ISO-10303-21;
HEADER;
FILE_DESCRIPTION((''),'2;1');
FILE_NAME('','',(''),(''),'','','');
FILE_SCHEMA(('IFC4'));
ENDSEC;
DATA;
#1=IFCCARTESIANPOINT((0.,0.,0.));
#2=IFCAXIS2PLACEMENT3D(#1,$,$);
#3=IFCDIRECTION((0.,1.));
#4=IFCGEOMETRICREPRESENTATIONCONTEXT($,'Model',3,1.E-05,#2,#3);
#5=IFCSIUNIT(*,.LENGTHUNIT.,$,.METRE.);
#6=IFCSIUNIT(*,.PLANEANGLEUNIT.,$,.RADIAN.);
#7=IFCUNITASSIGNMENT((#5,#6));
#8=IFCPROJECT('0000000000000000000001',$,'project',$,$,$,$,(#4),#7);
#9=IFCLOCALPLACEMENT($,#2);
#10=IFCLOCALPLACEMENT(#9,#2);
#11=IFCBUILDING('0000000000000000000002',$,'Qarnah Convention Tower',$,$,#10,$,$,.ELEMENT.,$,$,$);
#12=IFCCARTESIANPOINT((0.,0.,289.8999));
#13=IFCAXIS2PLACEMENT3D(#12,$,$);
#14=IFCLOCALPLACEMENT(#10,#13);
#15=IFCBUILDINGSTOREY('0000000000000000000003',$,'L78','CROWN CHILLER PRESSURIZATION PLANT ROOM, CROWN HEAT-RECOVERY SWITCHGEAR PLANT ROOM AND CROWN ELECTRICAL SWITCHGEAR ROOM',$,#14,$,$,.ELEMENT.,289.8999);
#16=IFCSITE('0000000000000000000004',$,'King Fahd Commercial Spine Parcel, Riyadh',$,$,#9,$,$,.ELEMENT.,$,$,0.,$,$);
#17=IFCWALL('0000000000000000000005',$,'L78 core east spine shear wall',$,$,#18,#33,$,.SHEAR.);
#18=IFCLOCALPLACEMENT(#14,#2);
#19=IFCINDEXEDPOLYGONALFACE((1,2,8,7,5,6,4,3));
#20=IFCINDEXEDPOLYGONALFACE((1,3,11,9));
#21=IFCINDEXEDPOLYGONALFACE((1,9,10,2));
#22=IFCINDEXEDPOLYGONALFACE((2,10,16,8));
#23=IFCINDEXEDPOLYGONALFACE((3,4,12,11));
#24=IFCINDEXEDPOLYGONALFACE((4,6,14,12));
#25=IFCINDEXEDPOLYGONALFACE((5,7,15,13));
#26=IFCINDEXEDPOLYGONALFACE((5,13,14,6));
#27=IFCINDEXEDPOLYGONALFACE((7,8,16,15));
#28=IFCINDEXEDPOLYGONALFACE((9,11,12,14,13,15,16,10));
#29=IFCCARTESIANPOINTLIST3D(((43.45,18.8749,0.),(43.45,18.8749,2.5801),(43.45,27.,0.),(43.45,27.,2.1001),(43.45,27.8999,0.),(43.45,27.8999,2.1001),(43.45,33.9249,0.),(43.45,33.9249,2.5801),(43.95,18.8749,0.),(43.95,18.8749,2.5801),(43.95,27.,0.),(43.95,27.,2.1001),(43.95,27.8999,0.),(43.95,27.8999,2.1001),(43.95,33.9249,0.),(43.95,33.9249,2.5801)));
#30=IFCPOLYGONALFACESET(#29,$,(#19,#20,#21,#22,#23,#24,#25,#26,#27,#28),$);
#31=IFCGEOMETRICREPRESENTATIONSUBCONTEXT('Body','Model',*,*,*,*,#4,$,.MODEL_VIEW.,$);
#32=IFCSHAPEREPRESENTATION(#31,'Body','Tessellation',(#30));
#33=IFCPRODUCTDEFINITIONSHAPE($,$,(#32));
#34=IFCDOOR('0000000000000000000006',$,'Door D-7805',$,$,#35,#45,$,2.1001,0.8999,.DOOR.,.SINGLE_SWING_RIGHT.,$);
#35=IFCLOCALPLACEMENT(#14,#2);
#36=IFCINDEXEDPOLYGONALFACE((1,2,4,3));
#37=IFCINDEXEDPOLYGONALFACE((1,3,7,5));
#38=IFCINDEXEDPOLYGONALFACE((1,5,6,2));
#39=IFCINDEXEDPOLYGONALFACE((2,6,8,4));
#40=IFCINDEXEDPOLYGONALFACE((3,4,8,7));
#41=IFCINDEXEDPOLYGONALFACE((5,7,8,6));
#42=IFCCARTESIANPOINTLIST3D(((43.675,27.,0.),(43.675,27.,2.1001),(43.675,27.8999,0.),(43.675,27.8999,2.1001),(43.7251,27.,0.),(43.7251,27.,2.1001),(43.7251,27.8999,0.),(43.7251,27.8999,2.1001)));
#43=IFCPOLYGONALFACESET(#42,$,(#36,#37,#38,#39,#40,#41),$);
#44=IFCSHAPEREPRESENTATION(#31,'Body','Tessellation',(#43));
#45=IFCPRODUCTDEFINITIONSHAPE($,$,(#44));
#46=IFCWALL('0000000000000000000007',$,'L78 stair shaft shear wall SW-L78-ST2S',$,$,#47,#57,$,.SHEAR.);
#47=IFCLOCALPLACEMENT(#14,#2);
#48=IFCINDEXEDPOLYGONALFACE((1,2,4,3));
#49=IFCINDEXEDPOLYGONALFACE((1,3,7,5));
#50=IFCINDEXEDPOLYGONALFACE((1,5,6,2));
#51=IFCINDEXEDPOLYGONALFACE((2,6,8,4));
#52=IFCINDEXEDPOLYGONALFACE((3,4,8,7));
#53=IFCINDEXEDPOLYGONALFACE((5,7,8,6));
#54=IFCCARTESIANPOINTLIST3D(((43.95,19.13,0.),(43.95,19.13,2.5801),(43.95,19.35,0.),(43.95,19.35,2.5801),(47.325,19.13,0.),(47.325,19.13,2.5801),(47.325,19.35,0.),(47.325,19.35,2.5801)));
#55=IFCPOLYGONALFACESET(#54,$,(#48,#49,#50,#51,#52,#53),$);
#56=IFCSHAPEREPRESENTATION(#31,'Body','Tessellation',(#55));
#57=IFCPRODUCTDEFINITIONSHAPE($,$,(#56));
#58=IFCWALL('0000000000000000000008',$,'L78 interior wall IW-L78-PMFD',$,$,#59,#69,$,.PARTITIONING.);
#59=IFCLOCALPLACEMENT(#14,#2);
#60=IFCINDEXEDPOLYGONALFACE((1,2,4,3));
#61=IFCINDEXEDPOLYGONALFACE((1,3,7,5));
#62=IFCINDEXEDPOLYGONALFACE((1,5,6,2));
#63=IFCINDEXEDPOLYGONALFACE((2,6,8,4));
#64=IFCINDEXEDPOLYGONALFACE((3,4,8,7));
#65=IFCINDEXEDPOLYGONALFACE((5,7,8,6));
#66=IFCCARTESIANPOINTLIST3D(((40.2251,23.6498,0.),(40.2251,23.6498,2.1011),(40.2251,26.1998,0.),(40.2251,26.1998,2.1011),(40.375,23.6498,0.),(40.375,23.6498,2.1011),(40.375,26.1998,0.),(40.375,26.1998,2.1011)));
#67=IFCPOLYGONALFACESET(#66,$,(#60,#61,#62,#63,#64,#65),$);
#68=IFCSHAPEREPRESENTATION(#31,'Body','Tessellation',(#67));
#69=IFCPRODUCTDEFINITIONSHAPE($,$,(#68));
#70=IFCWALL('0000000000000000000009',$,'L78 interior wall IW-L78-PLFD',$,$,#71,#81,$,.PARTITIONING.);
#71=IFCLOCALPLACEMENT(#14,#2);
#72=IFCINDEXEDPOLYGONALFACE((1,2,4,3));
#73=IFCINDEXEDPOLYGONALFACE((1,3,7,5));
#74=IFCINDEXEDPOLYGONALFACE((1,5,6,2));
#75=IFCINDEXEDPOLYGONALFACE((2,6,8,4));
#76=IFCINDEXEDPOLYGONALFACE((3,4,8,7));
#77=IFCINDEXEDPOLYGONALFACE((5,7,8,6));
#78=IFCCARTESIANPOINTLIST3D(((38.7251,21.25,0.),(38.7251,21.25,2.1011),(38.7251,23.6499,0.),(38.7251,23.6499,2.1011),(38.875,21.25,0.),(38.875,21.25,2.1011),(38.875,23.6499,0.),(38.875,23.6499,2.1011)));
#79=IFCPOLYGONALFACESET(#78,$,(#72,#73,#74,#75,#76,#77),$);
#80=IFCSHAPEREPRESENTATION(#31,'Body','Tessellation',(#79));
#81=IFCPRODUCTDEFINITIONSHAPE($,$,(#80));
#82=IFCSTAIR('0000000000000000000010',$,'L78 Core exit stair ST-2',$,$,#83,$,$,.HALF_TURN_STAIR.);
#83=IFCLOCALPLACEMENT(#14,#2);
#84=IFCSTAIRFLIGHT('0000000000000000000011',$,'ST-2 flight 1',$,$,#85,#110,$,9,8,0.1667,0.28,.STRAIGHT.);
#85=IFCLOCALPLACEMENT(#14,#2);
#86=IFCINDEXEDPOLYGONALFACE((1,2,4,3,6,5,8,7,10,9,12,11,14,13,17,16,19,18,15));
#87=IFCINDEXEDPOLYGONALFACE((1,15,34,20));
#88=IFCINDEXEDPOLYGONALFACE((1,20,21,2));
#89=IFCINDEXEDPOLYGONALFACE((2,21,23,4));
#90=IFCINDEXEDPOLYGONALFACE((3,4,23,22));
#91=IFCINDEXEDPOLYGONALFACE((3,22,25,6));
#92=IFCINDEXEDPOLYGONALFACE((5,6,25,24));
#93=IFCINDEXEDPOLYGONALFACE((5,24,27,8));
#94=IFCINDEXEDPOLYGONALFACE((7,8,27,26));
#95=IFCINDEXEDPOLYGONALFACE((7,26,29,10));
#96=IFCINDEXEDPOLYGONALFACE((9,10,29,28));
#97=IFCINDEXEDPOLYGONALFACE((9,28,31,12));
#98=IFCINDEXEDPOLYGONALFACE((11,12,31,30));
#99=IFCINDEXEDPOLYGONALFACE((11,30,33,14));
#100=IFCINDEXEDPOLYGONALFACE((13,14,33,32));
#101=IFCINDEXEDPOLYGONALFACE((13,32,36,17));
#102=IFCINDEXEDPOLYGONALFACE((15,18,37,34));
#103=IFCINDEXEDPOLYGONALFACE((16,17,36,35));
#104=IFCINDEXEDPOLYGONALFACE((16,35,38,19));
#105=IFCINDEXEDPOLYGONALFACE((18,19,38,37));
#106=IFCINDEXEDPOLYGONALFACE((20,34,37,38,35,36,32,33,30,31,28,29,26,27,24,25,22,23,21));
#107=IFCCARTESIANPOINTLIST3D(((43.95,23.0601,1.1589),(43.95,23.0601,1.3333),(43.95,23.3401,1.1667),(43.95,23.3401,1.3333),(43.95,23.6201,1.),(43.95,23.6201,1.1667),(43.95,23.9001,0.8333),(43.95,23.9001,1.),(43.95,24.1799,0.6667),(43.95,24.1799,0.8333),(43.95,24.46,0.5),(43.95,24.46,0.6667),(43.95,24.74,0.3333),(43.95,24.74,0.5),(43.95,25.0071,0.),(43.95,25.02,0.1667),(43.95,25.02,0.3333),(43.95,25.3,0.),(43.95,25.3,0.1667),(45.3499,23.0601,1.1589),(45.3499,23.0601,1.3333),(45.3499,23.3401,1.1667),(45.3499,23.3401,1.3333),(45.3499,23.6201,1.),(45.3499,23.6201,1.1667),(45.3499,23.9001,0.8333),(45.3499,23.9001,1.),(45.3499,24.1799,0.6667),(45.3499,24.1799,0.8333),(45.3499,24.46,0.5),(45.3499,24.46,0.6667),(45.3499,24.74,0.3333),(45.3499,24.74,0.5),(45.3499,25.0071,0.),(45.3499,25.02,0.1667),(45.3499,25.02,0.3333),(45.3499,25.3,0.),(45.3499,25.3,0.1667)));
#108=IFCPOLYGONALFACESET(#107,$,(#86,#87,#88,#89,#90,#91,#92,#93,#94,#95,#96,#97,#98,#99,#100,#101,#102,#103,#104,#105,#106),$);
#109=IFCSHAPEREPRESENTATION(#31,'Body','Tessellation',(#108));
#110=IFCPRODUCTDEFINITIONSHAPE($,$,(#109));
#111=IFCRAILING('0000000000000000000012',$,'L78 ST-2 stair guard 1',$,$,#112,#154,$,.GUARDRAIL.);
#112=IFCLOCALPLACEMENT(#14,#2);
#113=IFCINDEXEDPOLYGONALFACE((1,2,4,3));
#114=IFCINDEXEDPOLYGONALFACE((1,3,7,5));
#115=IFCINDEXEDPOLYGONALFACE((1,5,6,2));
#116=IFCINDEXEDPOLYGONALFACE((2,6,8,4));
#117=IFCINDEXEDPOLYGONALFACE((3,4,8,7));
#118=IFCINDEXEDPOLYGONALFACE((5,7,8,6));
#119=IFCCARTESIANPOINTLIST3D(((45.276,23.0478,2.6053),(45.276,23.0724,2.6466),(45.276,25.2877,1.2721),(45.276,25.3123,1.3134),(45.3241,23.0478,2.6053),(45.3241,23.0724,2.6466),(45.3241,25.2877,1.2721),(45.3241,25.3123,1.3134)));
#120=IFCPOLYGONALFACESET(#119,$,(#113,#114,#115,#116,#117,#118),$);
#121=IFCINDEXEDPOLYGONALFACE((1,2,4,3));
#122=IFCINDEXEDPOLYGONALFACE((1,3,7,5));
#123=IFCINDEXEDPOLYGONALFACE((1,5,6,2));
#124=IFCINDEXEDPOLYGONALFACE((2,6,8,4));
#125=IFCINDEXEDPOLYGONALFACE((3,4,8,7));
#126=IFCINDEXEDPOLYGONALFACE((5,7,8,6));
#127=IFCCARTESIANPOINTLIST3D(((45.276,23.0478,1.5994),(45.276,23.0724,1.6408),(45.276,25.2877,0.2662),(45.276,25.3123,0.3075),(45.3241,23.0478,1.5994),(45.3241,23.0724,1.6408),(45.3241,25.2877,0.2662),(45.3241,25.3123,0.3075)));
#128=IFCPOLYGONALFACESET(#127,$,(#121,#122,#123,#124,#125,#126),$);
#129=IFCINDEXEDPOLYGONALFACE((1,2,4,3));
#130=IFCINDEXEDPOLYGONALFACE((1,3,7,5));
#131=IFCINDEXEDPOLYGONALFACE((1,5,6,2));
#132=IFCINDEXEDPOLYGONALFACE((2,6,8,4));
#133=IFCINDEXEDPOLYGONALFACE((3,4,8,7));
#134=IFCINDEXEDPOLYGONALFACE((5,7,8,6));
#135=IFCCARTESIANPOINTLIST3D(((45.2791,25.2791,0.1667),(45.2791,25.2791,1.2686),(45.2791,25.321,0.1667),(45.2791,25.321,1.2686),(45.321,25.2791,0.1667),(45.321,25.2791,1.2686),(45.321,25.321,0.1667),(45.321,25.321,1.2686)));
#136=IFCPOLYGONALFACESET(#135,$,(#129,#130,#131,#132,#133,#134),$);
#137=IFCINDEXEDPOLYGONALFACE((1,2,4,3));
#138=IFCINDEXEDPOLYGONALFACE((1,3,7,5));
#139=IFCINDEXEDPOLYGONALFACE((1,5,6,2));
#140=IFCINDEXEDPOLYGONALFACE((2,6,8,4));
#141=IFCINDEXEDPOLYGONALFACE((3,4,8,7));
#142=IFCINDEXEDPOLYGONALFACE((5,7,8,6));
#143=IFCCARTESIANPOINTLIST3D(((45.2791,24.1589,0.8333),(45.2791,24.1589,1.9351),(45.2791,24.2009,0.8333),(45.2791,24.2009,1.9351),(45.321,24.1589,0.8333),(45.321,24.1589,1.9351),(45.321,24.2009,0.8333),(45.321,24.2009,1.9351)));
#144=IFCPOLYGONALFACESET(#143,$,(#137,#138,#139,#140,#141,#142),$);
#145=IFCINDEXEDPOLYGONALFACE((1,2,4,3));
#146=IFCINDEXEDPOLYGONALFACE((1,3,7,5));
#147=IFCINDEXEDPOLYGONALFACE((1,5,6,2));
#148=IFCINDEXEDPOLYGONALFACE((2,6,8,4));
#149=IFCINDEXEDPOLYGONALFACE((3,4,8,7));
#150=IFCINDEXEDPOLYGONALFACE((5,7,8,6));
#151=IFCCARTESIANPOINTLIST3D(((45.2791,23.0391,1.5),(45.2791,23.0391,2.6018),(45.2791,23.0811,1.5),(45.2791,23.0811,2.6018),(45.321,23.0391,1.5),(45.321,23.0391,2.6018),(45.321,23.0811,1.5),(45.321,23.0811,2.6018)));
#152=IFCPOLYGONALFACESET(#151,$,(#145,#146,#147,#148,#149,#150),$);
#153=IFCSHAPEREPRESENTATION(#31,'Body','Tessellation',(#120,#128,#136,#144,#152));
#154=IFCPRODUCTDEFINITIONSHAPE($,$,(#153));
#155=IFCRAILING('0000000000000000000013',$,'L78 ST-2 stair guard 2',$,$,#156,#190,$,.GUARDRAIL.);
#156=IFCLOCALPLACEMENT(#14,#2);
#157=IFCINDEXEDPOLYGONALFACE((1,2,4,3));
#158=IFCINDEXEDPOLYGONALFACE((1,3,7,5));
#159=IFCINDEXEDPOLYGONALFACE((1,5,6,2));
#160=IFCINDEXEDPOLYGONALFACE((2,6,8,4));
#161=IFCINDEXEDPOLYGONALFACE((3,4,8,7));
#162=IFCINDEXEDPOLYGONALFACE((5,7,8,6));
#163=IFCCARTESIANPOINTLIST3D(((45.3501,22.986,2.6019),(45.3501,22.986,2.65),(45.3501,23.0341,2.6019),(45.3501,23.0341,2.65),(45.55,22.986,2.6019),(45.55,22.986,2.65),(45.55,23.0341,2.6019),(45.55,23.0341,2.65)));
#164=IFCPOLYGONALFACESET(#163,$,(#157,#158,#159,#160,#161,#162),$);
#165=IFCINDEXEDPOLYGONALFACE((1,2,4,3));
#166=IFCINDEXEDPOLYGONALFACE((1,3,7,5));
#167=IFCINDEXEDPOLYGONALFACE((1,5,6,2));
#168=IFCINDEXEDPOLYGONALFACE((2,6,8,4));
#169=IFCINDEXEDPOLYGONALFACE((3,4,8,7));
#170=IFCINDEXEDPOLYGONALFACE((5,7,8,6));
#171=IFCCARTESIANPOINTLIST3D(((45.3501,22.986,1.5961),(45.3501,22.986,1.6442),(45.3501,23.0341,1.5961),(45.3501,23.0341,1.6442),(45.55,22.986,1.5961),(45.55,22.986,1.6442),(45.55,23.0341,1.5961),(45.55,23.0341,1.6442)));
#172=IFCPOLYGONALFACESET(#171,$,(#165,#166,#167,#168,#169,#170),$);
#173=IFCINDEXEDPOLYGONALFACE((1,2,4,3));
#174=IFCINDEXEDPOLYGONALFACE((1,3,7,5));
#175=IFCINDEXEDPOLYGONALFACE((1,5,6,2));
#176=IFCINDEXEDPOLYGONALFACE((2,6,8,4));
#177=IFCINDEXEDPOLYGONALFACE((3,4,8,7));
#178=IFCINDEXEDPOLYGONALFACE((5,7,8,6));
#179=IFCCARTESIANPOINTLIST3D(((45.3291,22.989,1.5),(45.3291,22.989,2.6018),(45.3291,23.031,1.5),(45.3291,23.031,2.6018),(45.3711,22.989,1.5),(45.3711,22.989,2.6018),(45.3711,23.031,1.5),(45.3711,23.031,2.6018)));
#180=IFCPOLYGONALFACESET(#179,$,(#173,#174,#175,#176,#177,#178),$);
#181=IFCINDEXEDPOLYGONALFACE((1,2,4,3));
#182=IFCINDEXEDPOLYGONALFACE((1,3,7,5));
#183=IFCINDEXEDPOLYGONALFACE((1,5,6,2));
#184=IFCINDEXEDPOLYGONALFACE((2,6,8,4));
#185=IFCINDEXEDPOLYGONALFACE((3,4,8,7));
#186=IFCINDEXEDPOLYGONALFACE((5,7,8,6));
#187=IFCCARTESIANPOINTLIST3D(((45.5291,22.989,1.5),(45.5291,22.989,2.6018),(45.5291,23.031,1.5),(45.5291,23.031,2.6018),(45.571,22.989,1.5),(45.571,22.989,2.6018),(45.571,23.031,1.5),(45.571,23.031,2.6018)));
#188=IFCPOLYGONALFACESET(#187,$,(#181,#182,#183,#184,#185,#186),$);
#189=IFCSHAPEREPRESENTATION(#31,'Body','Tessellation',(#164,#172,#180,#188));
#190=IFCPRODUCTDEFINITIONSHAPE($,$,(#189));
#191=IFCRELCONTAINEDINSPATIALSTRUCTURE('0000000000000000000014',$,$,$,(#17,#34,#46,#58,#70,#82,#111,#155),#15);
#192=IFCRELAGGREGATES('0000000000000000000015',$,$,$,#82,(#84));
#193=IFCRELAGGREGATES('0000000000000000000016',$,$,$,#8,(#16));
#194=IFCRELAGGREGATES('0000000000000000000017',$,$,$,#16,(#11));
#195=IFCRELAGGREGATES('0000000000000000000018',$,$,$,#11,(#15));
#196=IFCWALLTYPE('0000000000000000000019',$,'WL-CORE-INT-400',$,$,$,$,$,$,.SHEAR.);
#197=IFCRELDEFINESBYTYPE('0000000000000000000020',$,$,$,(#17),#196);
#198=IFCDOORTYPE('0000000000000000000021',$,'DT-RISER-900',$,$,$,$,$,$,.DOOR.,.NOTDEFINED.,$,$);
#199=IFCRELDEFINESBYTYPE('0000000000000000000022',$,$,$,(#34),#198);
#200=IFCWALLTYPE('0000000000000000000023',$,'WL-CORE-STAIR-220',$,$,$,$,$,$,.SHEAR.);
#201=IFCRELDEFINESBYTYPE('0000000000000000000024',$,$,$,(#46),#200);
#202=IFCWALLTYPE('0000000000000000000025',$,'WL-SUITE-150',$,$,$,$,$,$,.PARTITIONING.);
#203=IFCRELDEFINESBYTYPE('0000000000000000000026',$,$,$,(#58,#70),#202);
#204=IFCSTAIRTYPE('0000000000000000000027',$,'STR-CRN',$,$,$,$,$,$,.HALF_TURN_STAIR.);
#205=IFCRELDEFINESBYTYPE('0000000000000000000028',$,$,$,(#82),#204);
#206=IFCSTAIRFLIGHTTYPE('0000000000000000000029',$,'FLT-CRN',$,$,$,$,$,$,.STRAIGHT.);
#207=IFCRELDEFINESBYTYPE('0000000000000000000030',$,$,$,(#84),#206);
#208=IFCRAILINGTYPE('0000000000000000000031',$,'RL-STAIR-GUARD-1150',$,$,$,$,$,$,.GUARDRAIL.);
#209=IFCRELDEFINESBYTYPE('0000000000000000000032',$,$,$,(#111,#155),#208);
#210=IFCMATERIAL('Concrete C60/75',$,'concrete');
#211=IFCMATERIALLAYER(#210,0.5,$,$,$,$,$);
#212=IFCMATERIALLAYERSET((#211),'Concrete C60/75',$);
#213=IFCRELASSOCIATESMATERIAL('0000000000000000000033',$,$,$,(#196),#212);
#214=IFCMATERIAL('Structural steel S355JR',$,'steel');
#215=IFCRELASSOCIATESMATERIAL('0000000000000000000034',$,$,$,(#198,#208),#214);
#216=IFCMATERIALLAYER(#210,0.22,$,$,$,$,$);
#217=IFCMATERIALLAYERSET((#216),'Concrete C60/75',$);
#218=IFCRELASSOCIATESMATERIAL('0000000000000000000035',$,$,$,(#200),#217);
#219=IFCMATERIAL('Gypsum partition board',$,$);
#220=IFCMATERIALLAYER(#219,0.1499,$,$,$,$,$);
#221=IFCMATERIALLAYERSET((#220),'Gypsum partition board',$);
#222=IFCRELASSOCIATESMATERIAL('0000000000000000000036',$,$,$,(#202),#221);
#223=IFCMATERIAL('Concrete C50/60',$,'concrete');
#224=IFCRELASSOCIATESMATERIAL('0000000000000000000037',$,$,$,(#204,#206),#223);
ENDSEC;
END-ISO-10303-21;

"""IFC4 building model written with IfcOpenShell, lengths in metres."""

from ifc_helpers import new_model, si_unit, direction, frame, frame_2d, origin, origin_2d, place, context, subcontext, project, spatial, polyline, rectangle, outline, extrude, material, layer, layer_set, type_object, element, fill, aggregate, save


model = new_model("IFC4")

# Units and contexts
model_context = context("Model", 3, precision=1e-05, world=origin(), true_north=direction((0.0, 1.0)))
body_context = subcontext(model_context, "Body", "Model", "MODEL_VIEW")
ifc_project = project(units=[si_unit("LENGTHUNIT", "METRE"), si_unit("PLANEANGLEUNIT", "RADIAN")], contexts=[model_context])

# Site, building, storey
site_placement = place(None, origin())
site = spatial("IfcSite", under=ifc_project, at=site_placement, Name="King Fahd Commercial Spine Parcel, Riyadh", CompositionType="ELEMENT", RefElevation=0.0)
building_placement = place(site_placement, origin())
building = spatial("IfcBuilding", under=site, at=building_placement, Name="Qarnah Convention Tower", CompositionType="ELEMENT")
storey_placement = place(building_placement, frame((0.0, 0.0, 289.8999)))
storey = spatial("IfcBuildingStorey", under=building, at=storey_placement, Name="L78", Description="CROWN CHILLER PRESSURIZATION PLANT ROOM, CROWN HEAT-RECOVERY SWITCHGEAR PLANT ROOM AND CROWN ELECTRICAL SWITCHGEAR ROOM", CompositionType="ELEMENT", Elevation=289.8999)

# Shared definitions
ifc_material_1 = material(Name="Structural steel S355JR", Category="steel")

# Wall, opening, door
ifc_material_2 = material(Name="Concrete C60/75", Category="concrete")
ifc_layer_1 = layer(ifc_material_2, 0.5)
ifc_layer_set_1 = layer_set([ifc_layer_1], Name="Concrete C60/75")
wall_type_1 = type_object("IfcWallType", Name="WL-CORE-INT-400", PredefinedType="SHEAR", material=ifc_layer_set_1)
wall_1_placement = place(storey_placement, frame((43.7, 18.875, 0.0), z_axis=(0.0, 0.0, 1.0), x_axis=(0.0, 1.0, 0.0)))
wall_1 = element("IfcWall", 1, at=wall_1_placement, inside=storey, type_object=wall_type_1, Name="L78 core east spine shear wall", PredefinedType="SHEAR", context=body_context, shape_type="SweptSolid", body=[
    extrude(rectangle(XDim=15.05, YDim=0.5, at=frame_2d((7.5249, 0.0))), origin(), (0.0, 0.0, 1.0), 2.5801),
])
opening_placement = place(wall_1_placement, frame((8.125, 0.0, 0.0)))
opening = element("IfcOpeningElement", 2, at=opening_placement, cuts=wall_1, PredefinedType="OPENING", context=body_context, shape_type="SweptSolid", body=[
    extrude(rectangle(XDim=0.8999, YDim=2.1001, at=frame_2d((0.45, 1.05))), frame((0.0, 0.26, 0.0), z_axis=(0.0, -1.0, 0.0), x_axis=(1.0, 0.0, 0.0)), (0.0, 0.0, 1.0), 0.52),
])
door_type = type_object("IfcDoorType", Name="DT-RISER-900", OperationType="NOTDEFINED", PredefinedType="DOOR", material=ifc_material_1)
door_placement = place(opening_placement, origin())
door = element("IfcDoor", 3, at=door_placement, inside=storey, type_object=door_type, Name="Door D-7805", OperationType="SINGLE_SWING_RIGHT", OverallHeight=2.1001, OverallWidth=0.8999, PredefinedType="DOOR", context=body_context, shape_type="SweptSolid", body=[
    extrude(rectangle(XDim=0.8999, YDim=2.1001, at=frame_2d((0.45, 1.05))), frame((0.0, 0.0249, 0.0), z_axis=(0.0, -1.0, 0.0), x_axis=(1.0, 0.0, 0.0)), (0.0, 0.0, 1.0), 0.05),
])
fill(opening, door)

# Walls
ifc_layer_2 = layer(ifc_material_2, 0.22)
ifc_layer_set_2 = layer_set([ifc_layer_2], Name="Concrete C60/75")
wall_type_2 = type_object("IfcWallType", Name="WL-CORE-STAIR-220", PredefinedType="SHEAR", material=ifc_layer_set_2)
wall_2_placement = place(storey_placement, frame((43.95, 19.24, 0.0), z_axis=(0.0, 0.0, 1.0), x_axis=(1.0, 0.0, 0.0)))
element("IfcWall", 4, at=wall_2_placement, inside=storey, type_object=wall_type_2, Name="L78 stair shaft shear wall SW-L78-ST2S", PredefinedType="SHEAR", context=body_context, shape_type="SweptSolid", body=[
    extrude(rectangle(XDim=3.375, YDim=0.22, at=frame_2d((1.6875, 0.0))), origin(), (0.0, 0.0, 1.0), 2.5801),
])
ifc_material_3 = material(Name="Gypsum partition board")
ifc_layer_3 = layer(ifc_material_3, 0.1499)
ifc_layer_set_3 = layer_set([ifc_layer_3], Name="Gypsum partition board")
wall_type_3 = type_object("IfcWallType", Name="WL-SUITE-150", PredefinedType="PARTITIONING", material=ifc_layer_set_3)
wall_3_placement = place(storey_placement, frame((40.3, 23.6499, 0.0), z_axis=(0.0, 0.0, 1.0), x_axis=(0.0, 1.0, 0.0)))
element("IfcWall", 5, at=wall_3_placement, inside=storey, type_object=wall_type_3, Name="L78 interior wall IW-L78-PMFD", PredefinedType="PARTITIONING", context=body_context, shape_type="SweptSolid", body=[
    extrude(rectangle(XDim=2.55, YDim=0.1499, at=frame_2d((1.2749, 0.0))), origin(), (0.0, 0.0, 1.0), 2.1011),
])
wall_4_placement = place(storey_placement, frame((38.8, 21.25, 0.0), z_axis=(0.0, 0.0, 1.0), x_axis=(0.0, 1.0, 0.0)))
element("IfcWall", 6, at=wall_4_placement, inside=storey, type_object=wall_type_3, Name="L78 interior wall IW-L78-PLFD", PredefinedType="PARTITIONING", context=body_context, shape_type="SweptSolid", body=[
    extrude(rectangle(XDim=2.3999, YDim=0.1499, at=frame_2d((1.2, 0.0))), origin(), (0.0, 0.0, 1.0), 2.1011),
])

# Stair, stair flight
ifc_material_4 = material(Name="Concrete C50/60", Category="concrete")
stair_type = type_object("IfcStairType", Name="STR-CRN", PredefinedType="HALF_TURN_STAIR", material=ifc_material_4)
stair_placement = place(storey_placement, origin())
stair = element("IfcStair", 7, at=stair_placement, inside=storey, type_object=stair_type, Name="L78 Core exit stair ST-2", PredefinedType="HALF_TURN_STAIR")
stair_flight_type = type_object("IfcStairFlightType", Name="FLT-CRN", PredefinedType="STRAIGHT", material=ifc_material_4)
stair_flight_placement = place(storey_placement, frame((44.6499, 25.3, 0.0), z_axis=(0.0, 0.0, 1.0), x_axis=(0.0, -1.0, 0.0)))
stair_flight = element("IfcStairFlight", 8, at=stair_flight_placement, type_object=stair_flight_type, Name="ST-2 flight 1", NumberOfRisers=9, NumberOfTreads=8, PredefinedType="STRAIGHT", RiserHeight=0.1667, TreadLength=0.28, context=body_context, shape_type="SweptSolid", body=[
    extrude(outline(polyline([(0.0, 0.0), (0.0, 0.1667), (0.28, 0.1667), (0.28, 0.3333), (0.5601, 0.3333), (0.5601, 0.5), (0.8401, 0.5), (0.8401, 0.6667), (1.1201, 0.6667), (1.1201, 0.8333), (1.3999, 0.8333), (1.3999, 1.0), (1.6799, 1.0), (1.6799, 1.1667), (1.96, 1.1667), (1.96, 1.3333), (2.24, 1.3333), (2.24, 1.5), (2.24, 1.1589), (0.293, 0.0), (0.0, 0.0)])), frame((0.0, 0.7, 0.0), z_axis=(0.0, -1.0, 0.0), x_axis=(1.0, 0.0, 0.0)), (0.0, 0.0, 1.0), 1.3999),
])
aggregate(stair, [stair_flight])

# Railings
railing_type_1 = type_object("IfcRailingType", Name="RL-STAIR-GUARD-1150", PredefinedType="GUARDRAIL", material=ifc_material_1)
railing_1_placement = place(storey_placement, frame((45.3, 25.3, 0.1667)))
element("IfcRailing", 9, at=railing_1_placement, inside=storey, type_object=railing_type_1, Name="L78 ST-2 stair guard 1", PredefinedType="GUARDRAIL", context=body_context, shape_type="SweptSolid", body=[
    extrude(rectangle(XDim=0.0481, YDim=0.0481, at=origin_2d()), frame((0.0, 0.0, 1.126), z_axis=(0.0, -0.859306, 0.511462), x_axis=(1.0, 0.0, 0.0)), (0.0, 0.0, 1.0), 2.6067),
    extrude(rectangle(XDim=0.0481, YDim=0.0481, at=origin_2d()), frame((0.0, 0.0, 0.1201), z_axis=(0.0, -0.859306, 0.511462), x_axis=(1.0, 0.0, 0.0)), (0.0, 0.0, 1.0), 2.6067),
    extrude(rectangle(XDim=0.042, YDim=0.042, at=origin_2d()), origin(), (0.0, 0.0, 1.0), 1.1018),
    extrude(rectangle(XDim=0.042, YDim=0.042, at=origin_2d()), frame((0.0, -1.1201, 0.6665)), (0.0, 0.0, 1.0), 1.1018),
    extrude(rectangle(XDim=0.042, YDim=0.042, at=origin_2d()), frame((0.0, -2.24, 1.3333)), (0.0, 0.0, 1.0), 1.1018),
])
for number, where, name in (
    (10, (45.3501, 23.01, 1.5), "L78 ST-2 stair guard 2"),
):
    element("IfcRailing", number, at=place(storey_placement, frame(where)), inside=storey, type_object=railing_type_1, Name=name, PredefinedType="GUARDRAIL", context=body_context, shape_type="SweptSolid", body=[
        extrude(rectangle(XDim=0.0481, YDim=0.0481, at=origin_2d()), frame((0.0, 0.0, 1.126), z_axis=(1.0, 0.0, 0.0), x_axis=(0.0, 1.0, 0.0)), (0.0, 0.0, 1.0), 0.2),
        extrude(rectangle(XDim=0.0481, YDim=0.0481, at=origin_2d()), frame((0.0, 0.0, 0.1201), z_axis=(1.0, 0.0, 0.0), x_axis=(0.0, 1.0, 0.0)), (0.0, 0.0, 1.0), 0.2),
        extrude(rectangle(XDim=0.042, YDim=0.042, at=origin_2d()), origin(), (0.0, 0.0, 1.0), 1.1018),
        extrude(rectangle(XDim=0.042, YDim=0.042, at=origin_2d()), frame((0.2, 0.0, 0.0)), (0.0, 0.0, 1.0), 1.1018),
    ])

save(model, "model.ifc")
